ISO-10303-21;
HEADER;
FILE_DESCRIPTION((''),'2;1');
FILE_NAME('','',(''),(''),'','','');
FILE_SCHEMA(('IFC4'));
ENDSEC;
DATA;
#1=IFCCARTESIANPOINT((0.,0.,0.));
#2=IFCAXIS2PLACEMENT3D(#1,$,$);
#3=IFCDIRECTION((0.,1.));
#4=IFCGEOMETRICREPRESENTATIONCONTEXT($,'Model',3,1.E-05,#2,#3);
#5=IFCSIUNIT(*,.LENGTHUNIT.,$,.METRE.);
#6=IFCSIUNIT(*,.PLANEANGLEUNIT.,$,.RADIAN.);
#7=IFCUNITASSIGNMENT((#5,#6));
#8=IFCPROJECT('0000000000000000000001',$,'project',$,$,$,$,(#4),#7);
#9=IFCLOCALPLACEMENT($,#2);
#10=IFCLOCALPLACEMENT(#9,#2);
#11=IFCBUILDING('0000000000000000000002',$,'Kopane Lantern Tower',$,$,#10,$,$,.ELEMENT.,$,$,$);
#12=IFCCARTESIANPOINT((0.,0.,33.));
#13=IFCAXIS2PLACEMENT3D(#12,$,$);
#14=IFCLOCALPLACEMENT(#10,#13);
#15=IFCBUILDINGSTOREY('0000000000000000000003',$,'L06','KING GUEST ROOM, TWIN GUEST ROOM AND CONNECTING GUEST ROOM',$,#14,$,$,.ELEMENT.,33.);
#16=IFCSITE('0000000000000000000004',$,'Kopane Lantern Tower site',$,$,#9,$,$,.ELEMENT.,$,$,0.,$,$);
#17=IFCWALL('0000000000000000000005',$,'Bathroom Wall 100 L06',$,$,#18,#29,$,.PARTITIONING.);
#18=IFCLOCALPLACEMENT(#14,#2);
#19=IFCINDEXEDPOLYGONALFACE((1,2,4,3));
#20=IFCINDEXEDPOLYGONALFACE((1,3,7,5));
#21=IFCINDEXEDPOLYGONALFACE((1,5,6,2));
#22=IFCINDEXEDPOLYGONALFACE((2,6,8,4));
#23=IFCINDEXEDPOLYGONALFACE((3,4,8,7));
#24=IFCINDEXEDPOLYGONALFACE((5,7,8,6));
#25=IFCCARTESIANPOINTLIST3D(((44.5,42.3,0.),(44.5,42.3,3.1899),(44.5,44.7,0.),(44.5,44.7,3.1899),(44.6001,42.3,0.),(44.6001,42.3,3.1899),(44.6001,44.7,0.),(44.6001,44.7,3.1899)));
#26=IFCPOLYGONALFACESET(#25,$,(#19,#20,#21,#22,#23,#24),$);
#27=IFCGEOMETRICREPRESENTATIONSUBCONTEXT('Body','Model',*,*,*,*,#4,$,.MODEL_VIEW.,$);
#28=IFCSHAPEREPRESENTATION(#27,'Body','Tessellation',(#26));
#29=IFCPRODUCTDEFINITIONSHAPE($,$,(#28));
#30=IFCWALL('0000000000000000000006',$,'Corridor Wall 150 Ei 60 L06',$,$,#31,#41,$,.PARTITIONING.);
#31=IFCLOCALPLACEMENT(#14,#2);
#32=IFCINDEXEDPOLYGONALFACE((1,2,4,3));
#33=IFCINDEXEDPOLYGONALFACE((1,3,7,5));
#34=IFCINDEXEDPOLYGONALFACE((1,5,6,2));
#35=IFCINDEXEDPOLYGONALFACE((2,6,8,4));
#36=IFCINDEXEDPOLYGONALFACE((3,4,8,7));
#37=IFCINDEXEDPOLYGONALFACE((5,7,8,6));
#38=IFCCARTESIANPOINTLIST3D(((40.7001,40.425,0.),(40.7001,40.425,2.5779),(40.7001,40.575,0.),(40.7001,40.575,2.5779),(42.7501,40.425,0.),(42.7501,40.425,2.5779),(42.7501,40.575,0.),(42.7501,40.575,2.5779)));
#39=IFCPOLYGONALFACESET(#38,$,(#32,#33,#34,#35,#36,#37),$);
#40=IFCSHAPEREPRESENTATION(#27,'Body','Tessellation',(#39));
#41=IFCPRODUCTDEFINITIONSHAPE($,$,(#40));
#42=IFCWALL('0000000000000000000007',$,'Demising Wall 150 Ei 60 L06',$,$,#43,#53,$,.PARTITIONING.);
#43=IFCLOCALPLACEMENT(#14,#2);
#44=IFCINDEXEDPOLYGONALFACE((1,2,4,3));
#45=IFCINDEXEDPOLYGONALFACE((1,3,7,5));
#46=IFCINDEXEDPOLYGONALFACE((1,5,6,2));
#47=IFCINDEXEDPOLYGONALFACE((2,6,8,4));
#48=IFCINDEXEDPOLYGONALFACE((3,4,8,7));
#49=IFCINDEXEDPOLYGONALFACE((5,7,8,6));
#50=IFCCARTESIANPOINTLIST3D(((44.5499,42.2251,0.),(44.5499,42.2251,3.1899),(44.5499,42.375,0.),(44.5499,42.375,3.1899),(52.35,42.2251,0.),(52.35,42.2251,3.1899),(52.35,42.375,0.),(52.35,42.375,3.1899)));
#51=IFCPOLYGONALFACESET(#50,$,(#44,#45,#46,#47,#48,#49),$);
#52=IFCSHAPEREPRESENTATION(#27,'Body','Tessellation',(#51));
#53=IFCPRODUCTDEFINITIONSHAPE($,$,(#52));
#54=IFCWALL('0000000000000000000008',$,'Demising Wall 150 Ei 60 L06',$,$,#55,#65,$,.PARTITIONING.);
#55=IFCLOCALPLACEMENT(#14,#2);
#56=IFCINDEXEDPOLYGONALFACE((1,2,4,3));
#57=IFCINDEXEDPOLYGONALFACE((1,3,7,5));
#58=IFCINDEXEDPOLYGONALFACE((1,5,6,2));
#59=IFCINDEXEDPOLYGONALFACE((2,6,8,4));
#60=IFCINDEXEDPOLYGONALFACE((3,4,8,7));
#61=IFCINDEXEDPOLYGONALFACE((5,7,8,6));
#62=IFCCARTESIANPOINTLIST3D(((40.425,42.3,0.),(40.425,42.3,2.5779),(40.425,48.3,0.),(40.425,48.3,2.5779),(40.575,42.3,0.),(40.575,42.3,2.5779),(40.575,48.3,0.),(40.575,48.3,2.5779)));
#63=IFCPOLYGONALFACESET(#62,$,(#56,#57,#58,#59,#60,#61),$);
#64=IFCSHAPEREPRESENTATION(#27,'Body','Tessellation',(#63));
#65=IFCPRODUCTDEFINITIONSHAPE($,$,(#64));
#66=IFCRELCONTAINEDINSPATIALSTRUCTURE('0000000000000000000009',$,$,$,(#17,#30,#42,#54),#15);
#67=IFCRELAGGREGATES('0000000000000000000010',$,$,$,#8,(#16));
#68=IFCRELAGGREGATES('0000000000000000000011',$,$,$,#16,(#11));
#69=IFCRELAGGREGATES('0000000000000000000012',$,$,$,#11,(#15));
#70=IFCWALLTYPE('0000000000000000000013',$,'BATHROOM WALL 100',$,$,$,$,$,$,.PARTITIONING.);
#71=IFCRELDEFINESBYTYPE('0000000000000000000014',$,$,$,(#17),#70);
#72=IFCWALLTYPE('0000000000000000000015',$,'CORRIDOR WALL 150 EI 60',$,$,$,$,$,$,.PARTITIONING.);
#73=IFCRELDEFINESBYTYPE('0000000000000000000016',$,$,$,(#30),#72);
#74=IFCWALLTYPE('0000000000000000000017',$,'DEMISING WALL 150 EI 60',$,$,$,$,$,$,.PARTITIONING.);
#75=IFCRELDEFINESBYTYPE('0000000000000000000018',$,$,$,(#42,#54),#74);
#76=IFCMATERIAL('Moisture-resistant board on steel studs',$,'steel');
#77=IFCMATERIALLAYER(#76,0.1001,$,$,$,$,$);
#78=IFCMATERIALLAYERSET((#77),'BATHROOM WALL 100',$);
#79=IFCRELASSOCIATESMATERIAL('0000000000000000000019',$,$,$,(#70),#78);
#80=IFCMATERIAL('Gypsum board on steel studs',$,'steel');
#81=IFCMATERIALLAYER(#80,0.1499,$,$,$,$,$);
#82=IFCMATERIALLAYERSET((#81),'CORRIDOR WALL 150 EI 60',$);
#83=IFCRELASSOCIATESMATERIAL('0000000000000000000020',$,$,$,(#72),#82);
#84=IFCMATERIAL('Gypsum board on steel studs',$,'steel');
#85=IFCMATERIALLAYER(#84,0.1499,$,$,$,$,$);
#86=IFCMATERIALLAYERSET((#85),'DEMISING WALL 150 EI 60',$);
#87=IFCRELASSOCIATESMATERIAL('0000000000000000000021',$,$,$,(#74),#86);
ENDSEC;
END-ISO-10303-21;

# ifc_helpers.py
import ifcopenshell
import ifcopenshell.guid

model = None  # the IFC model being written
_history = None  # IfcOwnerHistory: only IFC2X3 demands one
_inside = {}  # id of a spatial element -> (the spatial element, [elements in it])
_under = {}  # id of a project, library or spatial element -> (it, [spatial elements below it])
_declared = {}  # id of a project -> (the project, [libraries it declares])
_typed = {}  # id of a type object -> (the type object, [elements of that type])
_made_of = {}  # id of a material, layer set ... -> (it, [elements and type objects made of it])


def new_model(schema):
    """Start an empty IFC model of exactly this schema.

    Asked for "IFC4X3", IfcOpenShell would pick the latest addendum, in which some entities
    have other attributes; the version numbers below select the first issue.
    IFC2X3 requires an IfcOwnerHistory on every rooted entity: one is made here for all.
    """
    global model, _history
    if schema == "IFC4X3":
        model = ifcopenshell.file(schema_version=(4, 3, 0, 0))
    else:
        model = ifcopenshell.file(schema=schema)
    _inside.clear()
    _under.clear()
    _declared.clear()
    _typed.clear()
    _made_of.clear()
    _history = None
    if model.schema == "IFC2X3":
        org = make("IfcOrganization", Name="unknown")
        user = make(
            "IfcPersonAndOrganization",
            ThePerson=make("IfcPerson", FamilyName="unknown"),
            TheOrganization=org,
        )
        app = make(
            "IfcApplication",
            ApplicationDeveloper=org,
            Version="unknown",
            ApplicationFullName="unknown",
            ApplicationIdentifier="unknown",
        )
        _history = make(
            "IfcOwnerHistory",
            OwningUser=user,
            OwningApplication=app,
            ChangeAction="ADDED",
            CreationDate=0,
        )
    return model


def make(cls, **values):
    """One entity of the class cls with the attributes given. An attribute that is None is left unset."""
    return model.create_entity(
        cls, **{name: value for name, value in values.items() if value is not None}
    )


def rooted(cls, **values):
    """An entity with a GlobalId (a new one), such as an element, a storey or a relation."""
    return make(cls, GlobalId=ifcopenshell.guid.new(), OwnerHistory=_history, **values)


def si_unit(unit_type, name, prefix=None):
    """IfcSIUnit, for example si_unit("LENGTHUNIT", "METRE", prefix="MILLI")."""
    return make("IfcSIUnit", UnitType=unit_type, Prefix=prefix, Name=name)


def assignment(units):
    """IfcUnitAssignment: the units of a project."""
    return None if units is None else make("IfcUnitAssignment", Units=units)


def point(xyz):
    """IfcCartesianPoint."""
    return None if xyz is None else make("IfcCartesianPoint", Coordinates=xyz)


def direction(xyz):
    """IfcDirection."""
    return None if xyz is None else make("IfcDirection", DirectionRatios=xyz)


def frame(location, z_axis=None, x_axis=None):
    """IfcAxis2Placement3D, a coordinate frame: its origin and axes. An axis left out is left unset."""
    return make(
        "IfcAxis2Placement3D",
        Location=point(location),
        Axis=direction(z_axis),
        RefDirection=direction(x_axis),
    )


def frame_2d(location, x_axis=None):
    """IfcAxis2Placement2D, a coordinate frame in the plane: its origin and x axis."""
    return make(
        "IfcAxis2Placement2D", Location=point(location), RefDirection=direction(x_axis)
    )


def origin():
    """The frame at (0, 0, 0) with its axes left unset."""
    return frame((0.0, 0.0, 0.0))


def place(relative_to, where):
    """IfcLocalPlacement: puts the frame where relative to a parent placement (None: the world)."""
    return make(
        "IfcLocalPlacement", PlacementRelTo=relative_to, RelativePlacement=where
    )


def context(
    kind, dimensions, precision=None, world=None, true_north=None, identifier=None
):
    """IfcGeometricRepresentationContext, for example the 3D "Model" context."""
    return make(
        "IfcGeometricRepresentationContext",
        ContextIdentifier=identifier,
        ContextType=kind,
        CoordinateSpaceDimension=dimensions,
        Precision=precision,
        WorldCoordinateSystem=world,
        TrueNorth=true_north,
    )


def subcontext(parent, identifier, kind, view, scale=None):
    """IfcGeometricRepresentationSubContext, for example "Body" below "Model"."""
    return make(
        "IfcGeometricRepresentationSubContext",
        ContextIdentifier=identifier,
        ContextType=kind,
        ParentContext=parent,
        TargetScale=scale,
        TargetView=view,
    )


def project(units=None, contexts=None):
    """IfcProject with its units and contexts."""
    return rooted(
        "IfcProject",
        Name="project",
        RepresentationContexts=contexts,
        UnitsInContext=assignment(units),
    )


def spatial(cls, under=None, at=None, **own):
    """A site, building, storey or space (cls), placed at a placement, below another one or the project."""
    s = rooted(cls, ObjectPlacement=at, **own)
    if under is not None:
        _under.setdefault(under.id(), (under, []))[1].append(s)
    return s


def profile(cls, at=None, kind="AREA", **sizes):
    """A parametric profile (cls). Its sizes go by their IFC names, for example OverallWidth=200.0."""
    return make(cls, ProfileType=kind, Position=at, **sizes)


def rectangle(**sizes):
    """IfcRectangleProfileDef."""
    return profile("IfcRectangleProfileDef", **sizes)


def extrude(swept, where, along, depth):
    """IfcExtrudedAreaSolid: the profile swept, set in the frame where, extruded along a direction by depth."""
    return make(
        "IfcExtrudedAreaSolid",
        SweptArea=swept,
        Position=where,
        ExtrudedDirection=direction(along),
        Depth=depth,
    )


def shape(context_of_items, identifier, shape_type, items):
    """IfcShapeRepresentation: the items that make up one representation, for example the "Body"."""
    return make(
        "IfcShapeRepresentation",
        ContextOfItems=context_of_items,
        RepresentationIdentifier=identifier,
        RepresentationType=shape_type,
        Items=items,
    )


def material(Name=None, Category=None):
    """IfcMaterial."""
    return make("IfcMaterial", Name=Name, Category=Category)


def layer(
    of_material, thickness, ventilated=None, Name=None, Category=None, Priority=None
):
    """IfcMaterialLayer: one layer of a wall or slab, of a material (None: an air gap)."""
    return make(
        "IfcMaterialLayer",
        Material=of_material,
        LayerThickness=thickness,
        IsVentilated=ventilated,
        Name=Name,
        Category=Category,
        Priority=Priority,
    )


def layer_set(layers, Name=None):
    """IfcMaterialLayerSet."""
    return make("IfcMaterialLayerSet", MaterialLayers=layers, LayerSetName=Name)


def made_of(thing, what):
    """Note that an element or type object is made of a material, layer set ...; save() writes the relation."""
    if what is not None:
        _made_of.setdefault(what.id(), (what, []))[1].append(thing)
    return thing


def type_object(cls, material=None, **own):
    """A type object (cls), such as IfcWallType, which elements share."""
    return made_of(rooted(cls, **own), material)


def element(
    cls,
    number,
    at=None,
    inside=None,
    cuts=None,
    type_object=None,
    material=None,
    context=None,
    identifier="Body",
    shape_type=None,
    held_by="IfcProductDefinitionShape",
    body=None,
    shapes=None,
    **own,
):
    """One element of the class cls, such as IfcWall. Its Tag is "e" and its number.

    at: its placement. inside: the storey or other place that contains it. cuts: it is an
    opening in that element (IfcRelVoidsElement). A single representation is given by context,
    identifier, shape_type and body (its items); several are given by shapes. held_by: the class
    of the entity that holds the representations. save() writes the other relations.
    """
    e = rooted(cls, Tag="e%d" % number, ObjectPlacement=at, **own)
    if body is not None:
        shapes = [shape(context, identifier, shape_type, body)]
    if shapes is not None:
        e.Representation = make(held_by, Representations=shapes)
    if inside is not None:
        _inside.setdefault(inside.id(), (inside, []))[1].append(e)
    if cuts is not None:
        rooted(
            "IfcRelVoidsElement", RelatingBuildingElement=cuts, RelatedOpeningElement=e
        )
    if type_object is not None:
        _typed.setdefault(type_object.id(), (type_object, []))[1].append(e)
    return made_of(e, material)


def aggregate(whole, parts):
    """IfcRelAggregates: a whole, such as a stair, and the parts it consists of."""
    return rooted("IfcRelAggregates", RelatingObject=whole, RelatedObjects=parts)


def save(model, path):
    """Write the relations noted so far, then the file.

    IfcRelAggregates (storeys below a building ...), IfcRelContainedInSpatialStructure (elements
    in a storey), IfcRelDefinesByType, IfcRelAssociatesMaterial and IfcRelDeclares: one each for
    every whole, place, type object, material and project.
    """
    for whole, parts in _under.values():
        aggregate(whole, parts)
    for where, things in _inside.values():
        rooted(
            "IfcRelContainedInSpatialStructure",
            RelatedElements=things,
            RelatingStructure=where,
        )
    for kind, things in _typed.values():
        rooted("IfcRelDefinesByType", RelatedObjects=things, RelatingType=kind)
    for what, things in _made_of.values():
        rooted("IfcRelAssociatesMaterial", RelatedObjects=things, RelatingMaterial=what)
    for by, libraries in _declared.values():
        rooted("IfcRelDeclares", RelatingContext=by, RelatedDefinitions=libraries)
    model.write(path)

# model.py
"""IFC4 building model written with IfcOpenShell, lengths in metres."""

from ifc_helpers import new_model, si_unit, direction, frame, frame_2d, origin, place, context, subcontext, project, spatial, rectangle, extrude, material, layer, layer_set, type_object, element, save


model = new_model("IFC4")

# Units and contexts
model_context = context("Model", 3, precision=1e-05, world=origin(), true_north=direction((0.0, 1.0)))
body_context = subcontext(model_context, "Body", "Model", "MODEL_VIEW")
ifc_project = project(units=[si_unit("LENGTHUNIT", "METRE"), si_unit("PLANEANGLEUNIT", "RADIAN")], contexts=[model_context])

# Site, building, storey
site_placement = place(None, origin())
site = spatial("IfcSite", under=ifc_project, at=site_placement, Name="Kopane Lantern Tower site", CompositionType="ELEMENT", RefElevation=0.0)
building_placement = place(site_placement, origin())
building = spatial("IfcBuilding", under=site, at=building_placement, Name="Kopane Lantern Tower", CompositionType="ELEMENT")
storey_placement = place(building_placement, frame((0.0, 0.0, 33.0)))
storey = spatial("IfcBuildingStorey", under=building, at=storey_placement, Name="L06", Description="KING GUEST ROOM, TWIN GUEST ROOM AND CONNECTING GUEST ROOM", CompositionType="ELEMENT", Elevation=33.0)

# Shared definitions
ifc_material_1 = material(Name="Moisture-resistant board on steel studs", Category="steel")
ifc_layer_1 = layer(ifc_material_1, 0.1001)
ifc_layer_set_1 = layer_set([ifc_layer_1], Name="BATHROOM WALL 100")
wall_type_1 = type_object("IfcWallType", Name="BATHROOM WALL 100", PredefinedType="PARTITIONING", material=ifc_layer_set_1)

# Walls
wall_1_placement = place(storey_placement, frame((44.55, 42.3, 0.0), z_axis=(0.0, 0.0, 1.0), x_axis=(0.0, 1.0, 0.0)))
element("IfcWall", 1, at=wall_1_placement, inside=storey, type_object=wall_type_1, Name="Bathroom Wall 100 L06", PredefinedType="PARTITIONING", context=body_context, shape_type="SweptSolid", body=[
    extrude(rectangle(XDim=2.3999, YDim=0.1001, at=frame_2d((1.2, 0.0))), origin(), (0.0, 0.0, 1.0), 3.1899),
])
ifc_material_2 = material(Name="Gypsum board on steel studs", Category="steel")
ifc_layer_2 = layer(ifc_material_2, 0.1499)
ifc_layer_set_2 = layer_set([ifc_layer_2], Name="CORRIDOR WALL 150 EI 60")
wall_type_2 = type_object("IfcWallType", Name="CORRIDOR WALL 150 EI 60", PredefinedType="PARTITIONING", material=ifc_layer_set_2)
wall_2_placement = place(storey_placement, frame((42.75, 40.5, 0.0), z_axis=(0.0, 0.0, 1.0), x_axis=(-1.0, 0.0, 0.0)))
element("IfcWall", 2, at=wall_2_placement, inside=storey, type_object=wall_type_2, Name="Corridor Wall 150 Ei 60 L06", PredefinedType="PARTITIONING", context=body_context, shape_type="SweptSolid", body=[
    extrude(rectangle(XDim=2.05, YDim=0.1499, at=frame_2d((1.0249, 0.0))), origin(), (0.0, 0.0, 1.0), 2.5779),
])
ifc_material_3 = material(Name="Gypsum board on steel studs", Category="steel")
ifc_layer_3 = layer(ifc_material_3, 0.1499)
ifc_layer_set_3 = layer_set([ifc_layer_3], Name="DEMISING WALL 150 EI 60")
wall_type_3 = type_object("IfcWallType", Name="DEMISING WALL 150 EI 60", PredefinedType="PARTITIONING", material=ifc_layer_set_3)
wall_3_placement = place(storey_placement, frame((44.55, 42.3, 0.0), z_axis=(0.0, 0.0, 1.0), x_axis=(1.0, 0.0, 0.0)))
element("IfcWall", 3, at=wall_3_placement, inside=storey, type_object=wall_type_3, Name="Demising Wall 150 Ei 60 L06", PredefinedType="PARTITIONING", context=body_context, shape_type="SweptSolid", body=[
    extrude(rectangle(XDim=7.8, YDim=0.1499, at=frame_2d((3.8999, 0.0))), origin(), (0.0, 0.0, 1.0), 3.1899),
])
wall_4_placement = place(storey_placement, frame((40.5, 42.3, 0.0), z_axis=(0.0, 0.0, 1.0), x_axis=(0.0, 1.0, 0.0)))
element("IfcWall", 4, at=wall_4_placement, inside=storey, type_object=wall_type_3, Name="Demising Wall 150 Ei 60 L06", PredefinedType="PARTITIONING", context=body_context, shape_type="SweptSolid", body=[
    extrude(rectangle(XDim=6.0, YDim=0.1499, at=frame_2d((3.0, 0.0))), origin(), (0.0, 0.0, 1.0), 2.5779),
])

save(model, "model.ifc")
